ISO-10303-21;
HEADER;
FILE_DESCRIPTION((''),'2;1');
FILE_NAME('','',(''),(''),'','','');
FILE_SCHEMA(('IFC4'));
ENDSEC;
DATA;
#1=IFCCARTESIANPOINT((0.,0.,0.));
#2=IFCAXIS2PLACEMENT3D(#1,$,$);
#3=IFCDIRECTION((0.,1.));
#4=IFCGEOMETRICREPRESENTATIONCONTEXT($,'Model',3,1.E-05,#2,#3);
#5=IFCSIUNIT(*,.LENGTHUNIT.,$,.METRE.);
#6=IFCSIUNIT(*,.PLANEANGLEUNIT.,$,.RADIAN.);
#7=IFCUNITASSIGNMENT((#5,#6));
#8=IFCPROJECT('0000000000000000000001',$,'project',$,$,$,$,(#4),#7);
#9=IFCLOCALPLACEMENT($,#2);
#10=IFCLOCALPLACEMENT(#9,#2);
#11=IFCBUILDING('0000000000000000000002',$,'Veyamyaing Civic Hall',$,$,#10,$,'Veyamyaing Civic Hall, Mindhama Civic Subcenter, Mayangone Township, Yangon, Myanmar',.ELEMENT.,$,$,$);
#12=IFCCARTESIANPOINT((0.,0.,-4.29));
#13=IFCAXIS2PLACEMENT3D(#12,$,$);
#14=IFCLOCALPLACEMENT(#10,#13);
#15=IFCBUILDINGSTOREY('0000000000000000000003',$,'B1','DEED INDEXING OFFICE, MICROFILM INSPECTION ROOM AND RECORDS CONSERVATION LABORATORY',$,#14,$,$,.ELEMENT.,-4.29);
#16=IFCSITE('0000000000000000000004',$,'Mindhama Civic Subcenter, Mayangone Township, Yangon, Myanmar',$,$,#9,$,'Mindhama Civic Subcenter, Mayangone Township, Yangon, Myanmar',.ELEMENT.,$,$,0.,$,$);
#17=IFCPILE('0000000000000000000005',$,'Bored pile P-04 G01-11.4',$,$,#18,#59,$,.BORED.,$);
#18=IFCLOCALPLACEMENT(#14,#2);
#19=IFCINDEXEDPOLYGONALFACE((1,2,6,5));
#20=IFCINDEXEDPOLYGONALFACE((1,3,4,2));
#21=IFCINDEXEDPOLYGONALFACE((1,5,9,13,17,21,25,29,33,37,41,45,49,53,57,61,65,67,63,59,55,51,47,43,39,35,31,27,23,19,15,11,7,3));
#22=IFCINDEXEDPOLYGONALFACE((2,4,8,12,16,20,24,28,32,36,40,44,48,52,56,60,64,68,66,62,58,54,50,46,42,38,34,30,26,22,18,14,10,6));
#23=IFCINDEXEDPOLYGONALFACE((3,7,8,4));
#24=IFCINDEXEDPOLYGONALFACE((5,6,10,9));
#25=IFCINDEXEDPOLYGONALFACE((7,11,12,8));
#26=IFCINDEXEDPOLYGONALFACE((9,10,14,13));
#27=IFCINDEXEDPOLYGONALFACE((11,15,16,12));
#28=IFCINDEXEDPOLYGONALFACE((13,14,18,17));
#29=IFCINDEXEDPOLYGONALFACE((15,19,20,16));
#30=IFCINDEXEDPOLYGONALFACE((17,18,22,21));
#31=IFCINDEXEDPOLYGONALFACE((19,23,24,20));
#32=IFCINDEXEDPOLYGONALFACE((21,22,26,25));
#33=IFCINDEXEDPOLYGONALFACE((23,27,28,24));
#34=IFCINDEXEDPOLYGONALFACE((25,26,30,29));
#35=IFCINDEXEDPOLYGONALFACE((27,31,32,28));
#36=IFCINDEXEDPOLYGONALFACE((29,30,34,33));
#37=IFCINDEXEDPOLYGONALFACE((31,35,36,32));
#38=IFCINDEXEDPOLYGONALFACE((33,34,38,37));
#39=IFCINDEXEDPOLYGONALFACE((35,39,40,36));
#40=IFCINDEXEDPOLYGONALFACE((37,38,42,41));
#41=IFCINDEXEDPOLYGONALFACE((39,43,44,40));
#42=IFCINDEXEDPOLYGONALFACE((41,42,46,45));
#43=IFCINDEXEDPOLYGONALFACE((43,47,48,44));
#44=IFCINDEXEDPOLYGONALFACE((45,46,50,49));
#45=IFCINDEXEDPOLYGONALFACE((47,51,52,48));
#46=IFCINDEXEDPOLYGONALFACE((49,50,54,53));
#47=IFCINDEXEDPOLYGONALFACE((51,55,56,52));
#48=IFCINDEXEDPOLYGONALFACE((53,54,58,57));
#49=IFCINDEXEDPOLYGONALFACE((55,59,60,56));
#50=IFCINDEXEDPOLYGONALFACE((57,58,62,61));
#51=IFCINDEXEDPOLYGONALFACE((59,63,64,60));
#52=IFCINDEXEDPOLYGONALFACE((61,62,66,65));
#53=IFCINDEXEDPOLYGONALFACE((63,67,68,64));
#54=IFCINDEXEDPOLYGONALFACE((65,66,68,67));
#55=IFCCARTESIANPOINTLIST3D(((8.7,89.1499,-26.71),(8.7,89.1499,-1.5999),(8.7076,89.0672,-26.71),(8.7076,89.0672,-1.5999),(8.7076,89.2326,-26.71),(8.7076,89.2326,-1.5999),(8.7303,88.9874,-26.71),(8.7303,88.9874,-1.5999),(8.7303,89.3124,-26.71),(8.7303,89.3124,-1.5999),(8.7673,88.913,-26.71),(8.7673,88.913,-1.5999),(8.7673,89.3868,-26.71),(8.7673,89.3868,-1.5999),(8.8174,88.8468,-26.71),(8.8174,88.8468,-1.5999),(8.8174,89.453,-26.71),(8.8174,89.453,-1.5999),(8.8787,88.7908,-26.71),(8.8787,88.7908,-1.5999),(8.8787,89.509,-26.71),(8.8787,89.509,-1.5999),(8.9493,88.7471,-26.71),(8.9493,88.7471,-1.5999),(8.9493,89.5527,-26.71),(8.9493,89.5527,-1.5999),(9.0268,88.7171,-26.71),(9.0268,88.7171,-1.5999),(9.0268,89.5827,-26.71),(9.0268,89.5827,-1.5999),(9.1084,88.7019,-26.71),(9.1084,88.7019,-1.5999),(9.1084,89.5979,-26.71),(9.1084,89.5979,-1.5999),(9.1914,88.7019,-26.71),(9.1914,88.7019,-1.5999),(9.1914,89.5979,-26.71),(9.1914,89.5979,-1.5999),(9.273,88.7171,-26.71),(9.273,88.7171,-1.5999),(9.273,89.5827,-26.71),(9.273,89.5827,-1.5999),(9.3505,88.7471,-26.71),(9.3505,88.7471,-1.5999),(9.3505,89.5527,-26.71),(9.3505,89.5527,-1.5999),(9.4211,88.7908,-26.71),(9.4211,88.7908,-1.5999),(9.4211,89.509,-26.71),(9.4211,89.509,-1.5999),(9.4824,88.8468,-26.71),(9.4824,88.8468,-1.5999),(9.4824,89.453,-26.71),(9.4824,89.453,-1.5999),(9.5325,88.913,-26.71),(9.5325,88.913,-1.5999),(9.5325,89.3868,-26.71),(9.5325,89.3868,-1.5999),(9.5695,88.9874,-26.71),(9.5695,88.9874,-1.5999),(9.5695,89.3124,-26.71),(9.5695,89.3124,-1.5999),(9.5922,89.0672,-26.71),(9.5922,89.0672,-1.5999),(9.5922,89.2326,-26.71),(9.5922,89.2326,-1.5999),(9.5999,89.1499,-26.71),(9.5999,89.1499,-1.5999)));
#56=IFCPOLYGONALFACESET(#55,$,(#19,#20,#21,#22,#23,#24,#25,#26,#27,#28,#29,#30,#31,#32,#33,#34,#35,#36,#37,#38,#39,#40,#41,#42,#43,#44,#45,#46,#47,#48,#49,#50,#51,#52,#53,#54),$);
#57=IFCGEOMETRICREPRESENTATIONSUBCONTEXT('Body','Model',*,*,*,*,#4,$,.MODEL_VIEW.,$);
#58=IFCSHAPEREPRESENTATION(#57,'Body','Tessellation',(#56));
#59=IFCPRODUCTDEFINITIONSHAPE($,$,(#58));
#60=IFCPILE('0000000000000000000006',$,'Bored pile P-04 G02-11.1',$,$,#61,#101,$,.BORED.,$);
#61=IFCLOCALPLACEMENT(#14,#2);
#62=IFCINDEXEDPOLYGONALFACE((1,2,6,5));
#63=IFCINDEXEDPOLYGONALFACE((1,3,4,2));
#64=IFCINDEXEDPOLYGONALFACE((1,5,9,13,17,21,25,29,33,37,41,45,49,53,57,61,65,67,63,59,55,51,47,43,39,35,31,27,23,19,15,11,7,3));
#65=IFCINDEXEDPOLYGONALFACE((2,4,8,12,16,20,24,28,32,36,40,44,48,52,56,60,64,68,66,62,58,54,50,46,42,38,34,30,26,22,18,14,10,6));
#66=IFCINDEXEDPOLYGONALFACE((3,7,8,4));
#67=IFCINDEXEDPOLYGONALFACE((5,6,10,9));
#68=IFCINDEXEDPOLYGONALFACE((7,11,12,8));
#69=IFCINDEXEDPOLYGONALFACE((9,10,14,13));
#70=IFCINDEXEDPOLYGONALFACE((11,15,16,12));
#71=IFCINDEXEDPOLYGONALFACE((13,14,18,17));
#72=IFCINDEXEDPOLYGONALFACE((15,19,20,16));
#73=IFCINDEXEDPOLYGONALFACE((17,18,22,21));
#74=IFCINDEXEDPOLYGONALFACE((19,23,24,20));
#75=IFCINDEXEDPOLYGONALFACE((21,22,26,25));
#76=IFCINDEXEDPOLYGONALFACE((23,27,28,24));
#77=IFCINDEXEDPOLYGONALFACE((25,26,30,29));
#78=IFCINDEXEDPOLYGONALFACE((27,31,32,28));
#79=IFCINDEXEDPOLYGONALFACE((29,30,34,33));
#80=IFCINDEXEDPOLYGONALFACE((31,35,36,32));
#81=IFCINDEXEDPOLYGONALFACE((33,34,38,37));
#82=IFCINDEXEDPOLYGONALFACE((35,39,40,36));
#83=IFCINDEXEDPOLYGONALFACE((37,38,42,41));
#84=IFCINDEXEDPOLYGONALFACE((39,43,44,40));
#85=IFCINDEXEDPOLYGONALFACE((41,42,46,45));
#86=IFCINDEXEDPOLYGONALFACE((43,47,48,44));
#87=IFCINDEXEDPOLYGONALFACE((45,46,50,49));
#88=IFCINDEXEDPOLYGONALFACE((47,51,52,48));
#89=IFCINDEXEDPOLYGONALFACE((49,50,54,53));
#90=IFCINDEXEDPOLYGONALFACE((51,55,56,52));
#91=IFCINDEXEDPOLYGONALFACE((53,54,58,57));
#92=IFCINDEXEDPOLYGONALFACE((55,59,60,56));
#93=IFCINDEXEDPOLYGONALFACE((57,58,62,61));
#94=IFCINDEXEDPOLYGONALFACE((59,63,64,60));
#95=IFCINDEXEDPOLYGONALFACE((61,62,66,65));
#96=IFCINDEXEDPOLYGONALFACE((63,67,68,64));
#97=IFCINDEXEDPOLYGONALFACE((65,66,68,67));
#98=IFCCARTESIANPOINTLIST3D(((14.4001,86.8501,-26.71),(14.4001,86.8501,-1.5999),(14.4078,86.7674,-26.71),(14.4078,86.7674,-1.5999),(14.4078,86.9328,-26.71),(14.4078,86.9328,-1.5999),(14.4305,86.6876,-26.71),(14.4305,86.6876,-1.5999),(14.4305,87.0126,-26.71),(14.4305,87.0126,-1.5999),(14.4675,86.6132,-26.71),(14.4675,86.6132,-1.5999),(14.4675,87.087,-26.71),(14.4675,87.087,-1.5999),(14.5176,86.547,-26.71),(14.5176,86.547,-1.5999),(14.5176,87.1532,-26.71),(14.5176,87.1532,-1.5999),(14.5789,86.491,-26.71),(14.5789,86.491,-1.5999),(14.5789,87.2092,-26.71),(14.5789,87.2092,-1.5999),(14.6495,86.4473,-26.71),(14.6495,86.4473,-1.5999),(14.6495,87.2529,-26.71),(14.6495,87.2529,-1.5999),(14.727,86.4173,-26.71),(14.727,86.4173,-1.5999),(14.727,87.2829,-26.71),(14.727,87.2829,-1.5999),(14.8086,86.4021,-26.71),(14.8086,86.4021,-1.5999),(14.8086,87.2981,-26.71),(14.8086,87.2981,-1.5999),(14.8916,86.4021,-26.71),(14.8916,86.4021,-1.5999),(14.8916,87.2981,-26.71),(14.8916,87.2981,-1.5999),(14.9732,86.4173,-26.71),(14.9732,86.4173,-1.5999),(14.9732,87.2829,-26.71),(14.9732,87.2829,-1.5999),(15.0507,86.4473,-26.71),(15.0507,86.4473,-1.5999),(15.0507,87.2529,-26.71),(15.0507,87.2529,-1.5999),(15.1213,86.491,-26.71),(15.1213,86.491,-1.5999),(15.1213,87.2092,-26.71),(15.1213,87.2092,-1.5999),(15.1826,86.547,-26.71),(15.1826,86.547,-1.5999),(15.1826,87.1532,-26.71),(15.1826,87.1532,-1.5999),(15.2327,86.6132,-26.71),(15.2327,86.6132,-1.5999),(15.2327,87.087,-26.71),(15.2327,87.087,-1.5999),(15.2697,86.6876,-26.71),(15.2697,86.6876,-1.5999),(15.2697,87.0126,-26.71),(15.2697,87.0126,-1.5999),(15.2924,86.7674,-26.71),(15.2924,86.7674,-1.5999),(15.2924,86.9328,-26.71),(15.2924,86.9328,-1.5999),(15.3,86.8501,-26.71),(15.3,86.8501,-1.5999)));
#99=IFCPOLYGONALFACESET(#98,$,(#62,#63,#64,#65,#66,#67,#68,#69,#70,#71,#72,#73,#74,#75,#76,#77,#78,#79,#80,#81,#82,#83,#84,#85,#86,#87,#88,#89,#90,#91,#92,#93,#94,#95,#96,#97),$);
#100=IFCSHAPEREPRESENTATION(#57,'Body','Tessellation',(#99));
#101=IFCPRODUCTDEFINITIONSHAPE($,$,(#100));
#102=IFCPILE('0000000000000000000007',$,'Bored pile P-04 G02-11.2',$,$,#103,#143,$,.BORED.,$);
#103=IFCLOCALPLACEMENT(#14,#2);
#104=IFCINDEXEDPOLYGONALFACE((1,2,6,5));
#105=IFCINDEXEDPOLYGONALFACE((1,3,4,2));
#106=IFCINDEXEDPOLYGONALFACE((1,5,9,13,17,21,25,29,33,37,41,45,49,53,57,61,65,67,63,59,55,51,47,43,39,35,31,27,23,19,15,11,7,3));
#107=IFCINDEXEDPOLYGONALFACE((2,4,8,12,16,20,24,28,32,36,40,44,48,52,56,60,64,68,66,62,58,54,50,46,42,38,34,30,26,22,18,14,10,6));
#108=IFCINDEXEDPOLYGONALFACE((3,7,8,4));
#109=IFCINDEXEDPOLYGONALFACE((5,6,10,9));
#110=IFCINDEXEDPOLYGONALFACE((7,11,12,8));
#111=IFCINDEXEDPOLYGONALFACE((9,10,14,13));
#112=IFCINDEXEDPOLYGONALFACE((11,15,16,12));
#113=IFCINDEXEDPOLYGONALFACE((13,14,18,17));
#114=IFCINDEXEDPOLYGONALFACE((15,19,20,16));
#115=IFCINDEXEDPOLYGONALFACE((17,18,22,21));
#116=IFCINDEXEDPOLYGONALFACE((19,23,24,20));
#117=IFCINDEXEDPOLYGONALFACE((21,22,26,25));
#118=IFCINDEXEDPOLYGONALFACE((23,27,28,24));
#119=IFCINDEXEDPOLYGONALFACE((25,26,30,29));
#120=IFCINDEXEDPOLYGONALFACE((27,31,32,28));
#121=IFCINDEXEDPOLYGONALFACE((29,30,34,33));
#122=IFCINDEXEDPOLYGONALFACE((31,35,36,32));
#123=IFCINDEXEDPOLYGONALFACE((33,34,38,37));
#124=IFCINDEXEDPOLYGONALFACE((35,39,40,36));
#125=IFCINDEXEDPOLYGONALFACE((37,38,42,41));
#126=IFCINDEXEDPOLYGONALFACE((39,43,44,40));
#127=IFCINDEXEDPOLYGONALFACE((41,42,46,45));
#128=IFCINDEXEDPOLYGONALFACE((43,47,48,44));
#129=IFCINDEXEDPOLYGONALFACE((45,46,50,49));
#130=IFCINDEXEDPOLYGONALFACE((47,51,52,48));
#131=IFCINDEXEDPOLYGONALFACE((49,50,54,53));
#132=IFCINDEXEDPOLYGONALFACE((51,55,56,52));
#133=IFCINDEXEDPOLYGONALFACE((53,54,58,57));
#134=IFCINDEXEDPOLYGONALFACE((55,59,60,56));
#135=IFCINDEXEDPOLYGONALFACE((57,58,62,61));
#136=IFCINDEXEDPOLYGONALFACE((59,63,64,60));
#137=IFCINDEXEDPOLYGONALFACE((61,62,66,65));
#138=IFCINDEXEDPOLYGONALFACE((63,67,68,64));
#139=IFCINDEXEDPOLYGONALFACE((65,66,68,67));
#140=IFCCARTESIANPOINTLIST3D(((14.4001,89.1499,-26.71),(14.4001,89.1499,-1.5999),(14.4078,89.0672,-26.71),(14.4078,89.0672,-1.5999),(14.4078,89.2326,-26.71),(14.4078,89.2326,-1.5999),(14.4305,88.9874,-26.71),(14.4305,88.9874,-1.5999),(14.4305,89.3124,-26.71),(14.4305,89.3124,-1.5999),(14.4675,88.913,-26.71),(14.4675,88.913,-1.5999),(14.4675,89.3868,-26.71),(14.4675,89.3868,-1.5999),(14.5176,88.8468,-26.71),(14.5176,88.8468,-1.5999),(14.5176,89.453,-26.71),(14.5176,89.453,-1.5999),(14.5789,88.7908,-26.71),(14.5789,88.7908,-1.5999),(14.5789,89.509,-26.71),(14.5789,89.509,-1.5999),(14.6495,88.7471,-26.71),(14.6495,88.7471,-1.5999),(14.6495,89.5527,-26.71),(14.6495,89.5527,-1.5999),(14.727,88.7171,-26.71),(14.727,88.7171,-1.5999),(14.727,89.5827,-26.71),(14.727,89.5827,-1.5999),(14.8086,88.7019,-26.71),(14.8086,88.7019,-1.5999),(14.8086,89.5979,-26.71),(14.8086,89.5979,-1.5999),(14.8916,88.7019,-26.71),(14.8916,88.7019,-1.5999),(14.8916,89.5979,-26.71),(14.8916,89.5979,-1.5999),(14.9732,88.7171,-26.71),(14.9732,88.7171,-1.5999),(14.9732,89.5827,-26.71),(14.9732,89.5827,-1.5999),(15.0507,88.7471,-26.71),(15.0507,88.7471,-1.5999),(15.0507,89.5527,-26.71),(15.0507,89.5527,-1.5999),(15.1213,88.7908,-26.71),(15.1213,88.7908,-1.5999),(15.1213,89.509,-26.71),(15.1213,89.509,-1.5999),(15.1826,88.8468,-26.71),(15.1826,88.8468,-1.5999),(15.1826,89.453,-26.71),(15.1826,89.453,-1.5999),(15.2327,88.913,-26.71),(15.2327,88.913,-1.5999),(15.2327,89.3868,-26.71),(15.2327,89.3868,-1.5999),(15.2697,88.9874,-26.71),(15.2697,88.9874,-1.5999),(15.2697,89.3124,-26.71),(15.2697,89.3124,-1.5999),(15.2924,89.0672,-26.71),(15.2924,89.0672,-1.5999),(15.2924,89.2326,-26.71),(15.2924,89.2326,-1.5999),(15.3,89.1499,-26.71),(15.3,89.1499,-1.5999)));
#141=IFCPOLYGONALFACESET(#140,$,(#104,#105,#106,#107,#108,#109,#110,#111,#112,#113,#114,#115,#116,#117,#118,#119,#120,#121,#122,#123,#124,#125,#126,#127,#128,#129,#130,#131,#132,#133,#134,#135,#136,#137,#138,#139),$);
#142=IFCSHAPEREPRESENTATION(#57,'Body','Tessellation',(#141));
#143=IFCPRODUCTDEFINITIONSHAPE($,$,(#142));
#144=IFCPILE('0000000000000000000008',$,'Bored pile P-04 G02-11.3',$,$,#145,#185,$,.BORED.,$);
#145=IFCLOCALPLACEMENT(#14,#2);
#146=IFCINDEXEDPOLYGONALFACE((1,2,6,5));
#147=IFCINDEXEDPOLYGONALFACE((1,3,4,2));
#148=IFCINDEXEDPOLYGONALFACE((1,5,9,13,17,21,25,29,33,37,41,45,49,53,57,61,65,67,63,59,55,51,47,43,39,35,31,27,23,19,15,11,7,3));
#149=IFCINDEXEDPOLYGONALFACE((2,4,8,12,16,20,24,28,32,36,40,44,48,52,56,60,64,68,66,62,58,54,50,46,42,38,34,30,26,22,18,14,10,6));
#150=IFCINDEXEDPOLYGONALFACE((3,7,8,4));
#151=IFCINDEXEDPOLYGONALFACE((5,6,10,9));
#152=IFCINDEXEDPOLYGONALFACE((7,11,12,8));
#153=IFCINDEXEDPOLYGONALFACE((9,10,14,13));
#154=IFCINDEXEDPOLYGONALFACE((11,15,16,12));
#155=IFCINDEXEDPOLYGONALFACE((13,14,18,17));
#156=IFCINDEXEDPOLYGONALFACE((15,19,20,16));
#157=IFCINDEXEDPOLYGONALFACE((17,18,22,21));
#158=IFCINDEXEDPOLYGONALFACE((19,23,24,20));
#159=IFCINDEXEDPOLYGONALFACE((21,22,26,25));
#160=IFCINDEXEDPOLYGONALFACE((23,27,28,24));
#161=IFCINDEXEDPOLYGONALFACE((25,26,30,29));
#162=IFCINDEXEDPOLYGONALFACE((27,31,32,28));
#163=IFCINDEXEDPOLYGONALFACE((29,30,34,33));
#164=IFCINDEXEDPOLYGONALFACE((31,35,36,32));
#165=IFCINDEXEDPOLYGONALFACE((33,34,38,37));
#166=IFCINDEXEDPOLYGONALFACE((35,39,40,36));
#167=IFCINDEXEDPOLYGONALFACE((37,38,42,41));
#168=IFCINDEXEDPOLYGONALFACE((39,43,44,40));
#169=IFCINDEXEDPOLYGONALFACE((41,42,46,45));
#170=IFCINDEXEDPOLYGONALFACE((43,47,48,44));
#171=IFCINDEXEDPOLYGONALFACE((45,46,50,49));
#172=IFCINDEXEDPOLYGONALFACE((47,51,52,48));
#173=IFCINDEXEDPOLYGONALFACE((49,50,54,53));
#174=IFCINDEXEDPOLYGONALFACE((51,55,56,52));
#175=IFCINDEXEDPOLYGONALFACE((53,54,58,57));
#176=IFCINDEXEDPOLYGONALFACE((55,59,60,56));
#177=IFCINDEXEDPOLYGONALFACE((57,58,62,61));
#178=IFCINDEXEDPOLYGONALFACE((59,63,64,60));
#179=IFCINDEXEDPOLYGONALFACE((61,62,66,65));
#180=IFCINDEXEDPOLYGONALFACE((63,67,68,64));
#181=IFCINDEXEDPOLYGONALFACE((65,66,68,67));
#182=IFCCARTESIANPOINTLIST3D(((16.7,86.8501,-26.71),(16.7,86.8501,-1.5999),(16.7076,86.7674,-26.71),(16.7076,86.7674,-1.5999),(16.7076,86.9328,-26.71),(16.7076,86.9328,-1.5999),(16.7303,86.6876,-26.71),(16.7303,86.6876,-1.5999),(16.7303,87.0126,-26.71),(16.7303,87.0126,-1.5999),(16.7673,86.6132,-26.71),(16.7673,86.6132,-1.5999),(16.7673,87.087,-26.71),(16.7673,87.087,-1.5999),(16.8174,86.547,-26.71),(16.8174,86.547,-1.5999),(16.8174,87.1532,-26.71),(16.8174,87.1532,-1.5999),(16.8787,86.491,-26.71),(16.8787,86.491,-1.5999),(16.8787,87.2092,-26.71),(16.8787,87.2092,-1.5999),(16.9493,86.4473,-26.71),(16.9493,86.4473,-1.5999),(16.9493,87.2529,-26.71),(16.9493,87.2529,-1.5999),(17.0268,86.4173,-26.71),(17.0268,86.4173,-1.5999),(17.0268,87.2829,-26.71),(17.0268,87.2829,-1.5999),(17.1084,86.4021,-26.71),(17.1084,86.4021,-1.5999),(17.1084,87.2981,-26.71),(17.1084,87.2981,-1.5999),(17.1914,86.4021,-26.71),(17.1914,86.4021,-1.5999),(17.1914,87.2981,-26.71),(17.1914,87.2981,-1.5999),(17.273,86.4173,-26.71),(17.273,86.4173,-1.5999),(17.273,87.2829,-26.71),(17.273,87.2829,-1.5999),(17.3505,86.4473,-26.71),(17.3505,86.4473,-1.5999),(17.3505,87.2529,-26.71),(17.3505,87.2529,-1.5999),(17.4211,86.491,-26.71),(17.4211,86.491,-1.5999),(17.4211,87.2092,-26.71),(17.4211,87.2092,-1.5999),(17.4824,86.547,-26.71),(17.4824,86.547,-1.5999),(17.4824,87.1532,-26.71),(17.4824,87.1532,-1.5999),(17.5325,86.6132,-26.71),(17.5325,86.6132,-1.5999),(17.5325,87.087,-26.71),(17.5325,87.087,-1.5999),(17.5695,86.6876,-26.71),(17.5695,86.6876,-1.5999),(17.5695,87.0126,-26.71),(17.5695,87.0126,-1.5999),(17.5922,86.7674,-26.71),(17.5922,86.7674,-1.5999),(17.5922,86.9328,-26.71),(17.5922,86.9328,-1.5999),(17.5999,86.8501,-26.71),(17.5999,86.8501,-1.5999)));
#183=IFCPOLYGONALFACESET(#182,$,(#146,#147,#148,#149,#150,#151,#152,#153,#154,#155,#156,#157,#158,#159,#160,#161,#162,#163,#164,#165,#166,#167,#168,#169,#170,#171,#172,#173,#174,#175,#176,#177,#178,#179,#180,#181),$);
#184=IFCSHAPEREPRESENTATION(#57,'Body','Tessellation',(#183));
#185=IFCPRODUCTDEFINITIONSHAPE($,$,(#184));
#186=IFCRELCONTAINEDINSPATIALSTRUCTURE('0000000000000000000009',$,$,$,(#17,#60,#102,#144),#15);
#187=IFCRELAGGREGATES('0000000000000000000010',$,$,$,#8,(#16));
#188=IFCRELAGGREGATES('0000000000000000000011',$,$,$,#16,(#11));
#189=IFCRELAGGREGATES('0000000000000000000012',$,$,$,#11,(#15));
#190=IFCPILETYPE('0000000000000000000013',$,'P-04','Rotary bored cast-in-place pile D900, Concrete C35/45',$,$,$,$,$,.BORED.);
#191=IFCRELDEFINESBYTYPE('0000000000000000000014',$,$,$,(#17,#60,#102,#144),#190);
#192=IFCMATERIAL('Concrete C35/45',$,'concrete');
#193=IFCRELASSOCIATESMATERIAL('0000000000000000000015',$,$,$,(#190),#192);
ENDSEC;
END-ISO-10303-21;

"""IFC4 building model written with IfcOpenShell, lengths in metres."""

from ifc_helpers import new_model, si_unit, direction, frame, origin, origin_2d, place, context, subcontext, project, spatial, circle, extrude, material, material_profile, profile_set, type_object, element, save


model = new_model("IFC4")

# Units and contexts
model_context = context("Model", 3, precision=1e-05, world=origin(), true_north=direction((0.0, 1.0)))
body_context = subcontext(model_context, "Body", "Model", "MODEL_VIEW")
ifc_project = project(units=[si_unit("LENGTHUNIT", "METRE"), si_unit("PLANEANGLEUNIT", "RADIAN")], contexts=[model_context])

# Site, building, storey
site_placement = place(None, origin())
site = spatial("IfcSite", under=ifc_project, at=site_placement, Name="Mindhama Civic Subcenter, Mayangone Township, Yangon, Myanmar", LongName="Mindhama Civic Subcenter, Mayangone Township, Yangon, Myanmar", CompositionType="ELEMENT", RefElevation=0.0)
building_placement = place(site_placement, origin())
building = spatial("IfcBuilding", under=site, at=building_placement, Name="Veyamyaing Civic Hall", LongName="Veyamyaing Civic Hall, Mindhama Civic Subcenter, Mayangone Township, Yangon, Myanmar", CompositionType="ELEMENT")
storey_placement = place(building_placement, frame((0.0, 0.0, -4.29)))
storey = spatial("IfcBuildingStorey", under=building, at=storey_placement, Name="B1", Description="DEED INDEXING OFFICE, MICROFILM INSPECTION ROOM AND RECORDS CONSERVATION LABORATORY", CompositionType="ELEMENT", Elevation=-4.29)

# Piles
ifc_material_1 = material(Name="Concrete C35/45", Category="concrete")
ifc_material_profile_1 = material_profile(ifc_material_1, circle(Radius=0.45, at=origin_2d()), Name="PILE-D900")
ifc_profile_set_1 = profile_set([ifc_material_profile_1], Name="Concrete C35/45")
pile_type_1 = type_object("IfcPileType", Name="P-04", Description="Rotary bored cast-in-place pile D900, Concrete C35/45", PredefinedType="BORED", material=ifc_profile_set_1)
for number, where, z_axis, x_axis, name in (
    (1, (9.1499, 89.1499, -1.5999), (0.0, 0.0, -1.0), (1.0, 0.0, 0.0), "Bored pile P-04 G01-11.4"),
    (2, (14.8501, 86.8501, -1.5999), (0.0, 0.0, -1.0), (1.0, 0.0, 0.0), "Bored pile P-04 G02-11.1"),
    (3, (14.8501, 89.1499, -1.5999), (0.0, 0.0, -1.0), (1.0, 0.0, 0.0), "Bored pile P-04 G02-11.2"),
    (4, (17.1499, 86.8501, -1.5999), (0.0, 0.0, -1.0), (1.0, 0.0, 0.0), "Bored pile P-04 G02-11.3"),
):
    element("IfcPile", number, at=place(storey_placement, frame(where, z_axis=z_axis, x_axis=x_axis)), inside=storey, type_object=pile_type_1, Name=name, PredefinedType="BORED", context=body_context, shape_type="SweptSolid", body=[
        extrude(circle(Radius=0.45, at=origin_2d()), origin(), (0.0, 0.0, 1.0), 25.1101),
    ])

save(model, "model.ifc")
